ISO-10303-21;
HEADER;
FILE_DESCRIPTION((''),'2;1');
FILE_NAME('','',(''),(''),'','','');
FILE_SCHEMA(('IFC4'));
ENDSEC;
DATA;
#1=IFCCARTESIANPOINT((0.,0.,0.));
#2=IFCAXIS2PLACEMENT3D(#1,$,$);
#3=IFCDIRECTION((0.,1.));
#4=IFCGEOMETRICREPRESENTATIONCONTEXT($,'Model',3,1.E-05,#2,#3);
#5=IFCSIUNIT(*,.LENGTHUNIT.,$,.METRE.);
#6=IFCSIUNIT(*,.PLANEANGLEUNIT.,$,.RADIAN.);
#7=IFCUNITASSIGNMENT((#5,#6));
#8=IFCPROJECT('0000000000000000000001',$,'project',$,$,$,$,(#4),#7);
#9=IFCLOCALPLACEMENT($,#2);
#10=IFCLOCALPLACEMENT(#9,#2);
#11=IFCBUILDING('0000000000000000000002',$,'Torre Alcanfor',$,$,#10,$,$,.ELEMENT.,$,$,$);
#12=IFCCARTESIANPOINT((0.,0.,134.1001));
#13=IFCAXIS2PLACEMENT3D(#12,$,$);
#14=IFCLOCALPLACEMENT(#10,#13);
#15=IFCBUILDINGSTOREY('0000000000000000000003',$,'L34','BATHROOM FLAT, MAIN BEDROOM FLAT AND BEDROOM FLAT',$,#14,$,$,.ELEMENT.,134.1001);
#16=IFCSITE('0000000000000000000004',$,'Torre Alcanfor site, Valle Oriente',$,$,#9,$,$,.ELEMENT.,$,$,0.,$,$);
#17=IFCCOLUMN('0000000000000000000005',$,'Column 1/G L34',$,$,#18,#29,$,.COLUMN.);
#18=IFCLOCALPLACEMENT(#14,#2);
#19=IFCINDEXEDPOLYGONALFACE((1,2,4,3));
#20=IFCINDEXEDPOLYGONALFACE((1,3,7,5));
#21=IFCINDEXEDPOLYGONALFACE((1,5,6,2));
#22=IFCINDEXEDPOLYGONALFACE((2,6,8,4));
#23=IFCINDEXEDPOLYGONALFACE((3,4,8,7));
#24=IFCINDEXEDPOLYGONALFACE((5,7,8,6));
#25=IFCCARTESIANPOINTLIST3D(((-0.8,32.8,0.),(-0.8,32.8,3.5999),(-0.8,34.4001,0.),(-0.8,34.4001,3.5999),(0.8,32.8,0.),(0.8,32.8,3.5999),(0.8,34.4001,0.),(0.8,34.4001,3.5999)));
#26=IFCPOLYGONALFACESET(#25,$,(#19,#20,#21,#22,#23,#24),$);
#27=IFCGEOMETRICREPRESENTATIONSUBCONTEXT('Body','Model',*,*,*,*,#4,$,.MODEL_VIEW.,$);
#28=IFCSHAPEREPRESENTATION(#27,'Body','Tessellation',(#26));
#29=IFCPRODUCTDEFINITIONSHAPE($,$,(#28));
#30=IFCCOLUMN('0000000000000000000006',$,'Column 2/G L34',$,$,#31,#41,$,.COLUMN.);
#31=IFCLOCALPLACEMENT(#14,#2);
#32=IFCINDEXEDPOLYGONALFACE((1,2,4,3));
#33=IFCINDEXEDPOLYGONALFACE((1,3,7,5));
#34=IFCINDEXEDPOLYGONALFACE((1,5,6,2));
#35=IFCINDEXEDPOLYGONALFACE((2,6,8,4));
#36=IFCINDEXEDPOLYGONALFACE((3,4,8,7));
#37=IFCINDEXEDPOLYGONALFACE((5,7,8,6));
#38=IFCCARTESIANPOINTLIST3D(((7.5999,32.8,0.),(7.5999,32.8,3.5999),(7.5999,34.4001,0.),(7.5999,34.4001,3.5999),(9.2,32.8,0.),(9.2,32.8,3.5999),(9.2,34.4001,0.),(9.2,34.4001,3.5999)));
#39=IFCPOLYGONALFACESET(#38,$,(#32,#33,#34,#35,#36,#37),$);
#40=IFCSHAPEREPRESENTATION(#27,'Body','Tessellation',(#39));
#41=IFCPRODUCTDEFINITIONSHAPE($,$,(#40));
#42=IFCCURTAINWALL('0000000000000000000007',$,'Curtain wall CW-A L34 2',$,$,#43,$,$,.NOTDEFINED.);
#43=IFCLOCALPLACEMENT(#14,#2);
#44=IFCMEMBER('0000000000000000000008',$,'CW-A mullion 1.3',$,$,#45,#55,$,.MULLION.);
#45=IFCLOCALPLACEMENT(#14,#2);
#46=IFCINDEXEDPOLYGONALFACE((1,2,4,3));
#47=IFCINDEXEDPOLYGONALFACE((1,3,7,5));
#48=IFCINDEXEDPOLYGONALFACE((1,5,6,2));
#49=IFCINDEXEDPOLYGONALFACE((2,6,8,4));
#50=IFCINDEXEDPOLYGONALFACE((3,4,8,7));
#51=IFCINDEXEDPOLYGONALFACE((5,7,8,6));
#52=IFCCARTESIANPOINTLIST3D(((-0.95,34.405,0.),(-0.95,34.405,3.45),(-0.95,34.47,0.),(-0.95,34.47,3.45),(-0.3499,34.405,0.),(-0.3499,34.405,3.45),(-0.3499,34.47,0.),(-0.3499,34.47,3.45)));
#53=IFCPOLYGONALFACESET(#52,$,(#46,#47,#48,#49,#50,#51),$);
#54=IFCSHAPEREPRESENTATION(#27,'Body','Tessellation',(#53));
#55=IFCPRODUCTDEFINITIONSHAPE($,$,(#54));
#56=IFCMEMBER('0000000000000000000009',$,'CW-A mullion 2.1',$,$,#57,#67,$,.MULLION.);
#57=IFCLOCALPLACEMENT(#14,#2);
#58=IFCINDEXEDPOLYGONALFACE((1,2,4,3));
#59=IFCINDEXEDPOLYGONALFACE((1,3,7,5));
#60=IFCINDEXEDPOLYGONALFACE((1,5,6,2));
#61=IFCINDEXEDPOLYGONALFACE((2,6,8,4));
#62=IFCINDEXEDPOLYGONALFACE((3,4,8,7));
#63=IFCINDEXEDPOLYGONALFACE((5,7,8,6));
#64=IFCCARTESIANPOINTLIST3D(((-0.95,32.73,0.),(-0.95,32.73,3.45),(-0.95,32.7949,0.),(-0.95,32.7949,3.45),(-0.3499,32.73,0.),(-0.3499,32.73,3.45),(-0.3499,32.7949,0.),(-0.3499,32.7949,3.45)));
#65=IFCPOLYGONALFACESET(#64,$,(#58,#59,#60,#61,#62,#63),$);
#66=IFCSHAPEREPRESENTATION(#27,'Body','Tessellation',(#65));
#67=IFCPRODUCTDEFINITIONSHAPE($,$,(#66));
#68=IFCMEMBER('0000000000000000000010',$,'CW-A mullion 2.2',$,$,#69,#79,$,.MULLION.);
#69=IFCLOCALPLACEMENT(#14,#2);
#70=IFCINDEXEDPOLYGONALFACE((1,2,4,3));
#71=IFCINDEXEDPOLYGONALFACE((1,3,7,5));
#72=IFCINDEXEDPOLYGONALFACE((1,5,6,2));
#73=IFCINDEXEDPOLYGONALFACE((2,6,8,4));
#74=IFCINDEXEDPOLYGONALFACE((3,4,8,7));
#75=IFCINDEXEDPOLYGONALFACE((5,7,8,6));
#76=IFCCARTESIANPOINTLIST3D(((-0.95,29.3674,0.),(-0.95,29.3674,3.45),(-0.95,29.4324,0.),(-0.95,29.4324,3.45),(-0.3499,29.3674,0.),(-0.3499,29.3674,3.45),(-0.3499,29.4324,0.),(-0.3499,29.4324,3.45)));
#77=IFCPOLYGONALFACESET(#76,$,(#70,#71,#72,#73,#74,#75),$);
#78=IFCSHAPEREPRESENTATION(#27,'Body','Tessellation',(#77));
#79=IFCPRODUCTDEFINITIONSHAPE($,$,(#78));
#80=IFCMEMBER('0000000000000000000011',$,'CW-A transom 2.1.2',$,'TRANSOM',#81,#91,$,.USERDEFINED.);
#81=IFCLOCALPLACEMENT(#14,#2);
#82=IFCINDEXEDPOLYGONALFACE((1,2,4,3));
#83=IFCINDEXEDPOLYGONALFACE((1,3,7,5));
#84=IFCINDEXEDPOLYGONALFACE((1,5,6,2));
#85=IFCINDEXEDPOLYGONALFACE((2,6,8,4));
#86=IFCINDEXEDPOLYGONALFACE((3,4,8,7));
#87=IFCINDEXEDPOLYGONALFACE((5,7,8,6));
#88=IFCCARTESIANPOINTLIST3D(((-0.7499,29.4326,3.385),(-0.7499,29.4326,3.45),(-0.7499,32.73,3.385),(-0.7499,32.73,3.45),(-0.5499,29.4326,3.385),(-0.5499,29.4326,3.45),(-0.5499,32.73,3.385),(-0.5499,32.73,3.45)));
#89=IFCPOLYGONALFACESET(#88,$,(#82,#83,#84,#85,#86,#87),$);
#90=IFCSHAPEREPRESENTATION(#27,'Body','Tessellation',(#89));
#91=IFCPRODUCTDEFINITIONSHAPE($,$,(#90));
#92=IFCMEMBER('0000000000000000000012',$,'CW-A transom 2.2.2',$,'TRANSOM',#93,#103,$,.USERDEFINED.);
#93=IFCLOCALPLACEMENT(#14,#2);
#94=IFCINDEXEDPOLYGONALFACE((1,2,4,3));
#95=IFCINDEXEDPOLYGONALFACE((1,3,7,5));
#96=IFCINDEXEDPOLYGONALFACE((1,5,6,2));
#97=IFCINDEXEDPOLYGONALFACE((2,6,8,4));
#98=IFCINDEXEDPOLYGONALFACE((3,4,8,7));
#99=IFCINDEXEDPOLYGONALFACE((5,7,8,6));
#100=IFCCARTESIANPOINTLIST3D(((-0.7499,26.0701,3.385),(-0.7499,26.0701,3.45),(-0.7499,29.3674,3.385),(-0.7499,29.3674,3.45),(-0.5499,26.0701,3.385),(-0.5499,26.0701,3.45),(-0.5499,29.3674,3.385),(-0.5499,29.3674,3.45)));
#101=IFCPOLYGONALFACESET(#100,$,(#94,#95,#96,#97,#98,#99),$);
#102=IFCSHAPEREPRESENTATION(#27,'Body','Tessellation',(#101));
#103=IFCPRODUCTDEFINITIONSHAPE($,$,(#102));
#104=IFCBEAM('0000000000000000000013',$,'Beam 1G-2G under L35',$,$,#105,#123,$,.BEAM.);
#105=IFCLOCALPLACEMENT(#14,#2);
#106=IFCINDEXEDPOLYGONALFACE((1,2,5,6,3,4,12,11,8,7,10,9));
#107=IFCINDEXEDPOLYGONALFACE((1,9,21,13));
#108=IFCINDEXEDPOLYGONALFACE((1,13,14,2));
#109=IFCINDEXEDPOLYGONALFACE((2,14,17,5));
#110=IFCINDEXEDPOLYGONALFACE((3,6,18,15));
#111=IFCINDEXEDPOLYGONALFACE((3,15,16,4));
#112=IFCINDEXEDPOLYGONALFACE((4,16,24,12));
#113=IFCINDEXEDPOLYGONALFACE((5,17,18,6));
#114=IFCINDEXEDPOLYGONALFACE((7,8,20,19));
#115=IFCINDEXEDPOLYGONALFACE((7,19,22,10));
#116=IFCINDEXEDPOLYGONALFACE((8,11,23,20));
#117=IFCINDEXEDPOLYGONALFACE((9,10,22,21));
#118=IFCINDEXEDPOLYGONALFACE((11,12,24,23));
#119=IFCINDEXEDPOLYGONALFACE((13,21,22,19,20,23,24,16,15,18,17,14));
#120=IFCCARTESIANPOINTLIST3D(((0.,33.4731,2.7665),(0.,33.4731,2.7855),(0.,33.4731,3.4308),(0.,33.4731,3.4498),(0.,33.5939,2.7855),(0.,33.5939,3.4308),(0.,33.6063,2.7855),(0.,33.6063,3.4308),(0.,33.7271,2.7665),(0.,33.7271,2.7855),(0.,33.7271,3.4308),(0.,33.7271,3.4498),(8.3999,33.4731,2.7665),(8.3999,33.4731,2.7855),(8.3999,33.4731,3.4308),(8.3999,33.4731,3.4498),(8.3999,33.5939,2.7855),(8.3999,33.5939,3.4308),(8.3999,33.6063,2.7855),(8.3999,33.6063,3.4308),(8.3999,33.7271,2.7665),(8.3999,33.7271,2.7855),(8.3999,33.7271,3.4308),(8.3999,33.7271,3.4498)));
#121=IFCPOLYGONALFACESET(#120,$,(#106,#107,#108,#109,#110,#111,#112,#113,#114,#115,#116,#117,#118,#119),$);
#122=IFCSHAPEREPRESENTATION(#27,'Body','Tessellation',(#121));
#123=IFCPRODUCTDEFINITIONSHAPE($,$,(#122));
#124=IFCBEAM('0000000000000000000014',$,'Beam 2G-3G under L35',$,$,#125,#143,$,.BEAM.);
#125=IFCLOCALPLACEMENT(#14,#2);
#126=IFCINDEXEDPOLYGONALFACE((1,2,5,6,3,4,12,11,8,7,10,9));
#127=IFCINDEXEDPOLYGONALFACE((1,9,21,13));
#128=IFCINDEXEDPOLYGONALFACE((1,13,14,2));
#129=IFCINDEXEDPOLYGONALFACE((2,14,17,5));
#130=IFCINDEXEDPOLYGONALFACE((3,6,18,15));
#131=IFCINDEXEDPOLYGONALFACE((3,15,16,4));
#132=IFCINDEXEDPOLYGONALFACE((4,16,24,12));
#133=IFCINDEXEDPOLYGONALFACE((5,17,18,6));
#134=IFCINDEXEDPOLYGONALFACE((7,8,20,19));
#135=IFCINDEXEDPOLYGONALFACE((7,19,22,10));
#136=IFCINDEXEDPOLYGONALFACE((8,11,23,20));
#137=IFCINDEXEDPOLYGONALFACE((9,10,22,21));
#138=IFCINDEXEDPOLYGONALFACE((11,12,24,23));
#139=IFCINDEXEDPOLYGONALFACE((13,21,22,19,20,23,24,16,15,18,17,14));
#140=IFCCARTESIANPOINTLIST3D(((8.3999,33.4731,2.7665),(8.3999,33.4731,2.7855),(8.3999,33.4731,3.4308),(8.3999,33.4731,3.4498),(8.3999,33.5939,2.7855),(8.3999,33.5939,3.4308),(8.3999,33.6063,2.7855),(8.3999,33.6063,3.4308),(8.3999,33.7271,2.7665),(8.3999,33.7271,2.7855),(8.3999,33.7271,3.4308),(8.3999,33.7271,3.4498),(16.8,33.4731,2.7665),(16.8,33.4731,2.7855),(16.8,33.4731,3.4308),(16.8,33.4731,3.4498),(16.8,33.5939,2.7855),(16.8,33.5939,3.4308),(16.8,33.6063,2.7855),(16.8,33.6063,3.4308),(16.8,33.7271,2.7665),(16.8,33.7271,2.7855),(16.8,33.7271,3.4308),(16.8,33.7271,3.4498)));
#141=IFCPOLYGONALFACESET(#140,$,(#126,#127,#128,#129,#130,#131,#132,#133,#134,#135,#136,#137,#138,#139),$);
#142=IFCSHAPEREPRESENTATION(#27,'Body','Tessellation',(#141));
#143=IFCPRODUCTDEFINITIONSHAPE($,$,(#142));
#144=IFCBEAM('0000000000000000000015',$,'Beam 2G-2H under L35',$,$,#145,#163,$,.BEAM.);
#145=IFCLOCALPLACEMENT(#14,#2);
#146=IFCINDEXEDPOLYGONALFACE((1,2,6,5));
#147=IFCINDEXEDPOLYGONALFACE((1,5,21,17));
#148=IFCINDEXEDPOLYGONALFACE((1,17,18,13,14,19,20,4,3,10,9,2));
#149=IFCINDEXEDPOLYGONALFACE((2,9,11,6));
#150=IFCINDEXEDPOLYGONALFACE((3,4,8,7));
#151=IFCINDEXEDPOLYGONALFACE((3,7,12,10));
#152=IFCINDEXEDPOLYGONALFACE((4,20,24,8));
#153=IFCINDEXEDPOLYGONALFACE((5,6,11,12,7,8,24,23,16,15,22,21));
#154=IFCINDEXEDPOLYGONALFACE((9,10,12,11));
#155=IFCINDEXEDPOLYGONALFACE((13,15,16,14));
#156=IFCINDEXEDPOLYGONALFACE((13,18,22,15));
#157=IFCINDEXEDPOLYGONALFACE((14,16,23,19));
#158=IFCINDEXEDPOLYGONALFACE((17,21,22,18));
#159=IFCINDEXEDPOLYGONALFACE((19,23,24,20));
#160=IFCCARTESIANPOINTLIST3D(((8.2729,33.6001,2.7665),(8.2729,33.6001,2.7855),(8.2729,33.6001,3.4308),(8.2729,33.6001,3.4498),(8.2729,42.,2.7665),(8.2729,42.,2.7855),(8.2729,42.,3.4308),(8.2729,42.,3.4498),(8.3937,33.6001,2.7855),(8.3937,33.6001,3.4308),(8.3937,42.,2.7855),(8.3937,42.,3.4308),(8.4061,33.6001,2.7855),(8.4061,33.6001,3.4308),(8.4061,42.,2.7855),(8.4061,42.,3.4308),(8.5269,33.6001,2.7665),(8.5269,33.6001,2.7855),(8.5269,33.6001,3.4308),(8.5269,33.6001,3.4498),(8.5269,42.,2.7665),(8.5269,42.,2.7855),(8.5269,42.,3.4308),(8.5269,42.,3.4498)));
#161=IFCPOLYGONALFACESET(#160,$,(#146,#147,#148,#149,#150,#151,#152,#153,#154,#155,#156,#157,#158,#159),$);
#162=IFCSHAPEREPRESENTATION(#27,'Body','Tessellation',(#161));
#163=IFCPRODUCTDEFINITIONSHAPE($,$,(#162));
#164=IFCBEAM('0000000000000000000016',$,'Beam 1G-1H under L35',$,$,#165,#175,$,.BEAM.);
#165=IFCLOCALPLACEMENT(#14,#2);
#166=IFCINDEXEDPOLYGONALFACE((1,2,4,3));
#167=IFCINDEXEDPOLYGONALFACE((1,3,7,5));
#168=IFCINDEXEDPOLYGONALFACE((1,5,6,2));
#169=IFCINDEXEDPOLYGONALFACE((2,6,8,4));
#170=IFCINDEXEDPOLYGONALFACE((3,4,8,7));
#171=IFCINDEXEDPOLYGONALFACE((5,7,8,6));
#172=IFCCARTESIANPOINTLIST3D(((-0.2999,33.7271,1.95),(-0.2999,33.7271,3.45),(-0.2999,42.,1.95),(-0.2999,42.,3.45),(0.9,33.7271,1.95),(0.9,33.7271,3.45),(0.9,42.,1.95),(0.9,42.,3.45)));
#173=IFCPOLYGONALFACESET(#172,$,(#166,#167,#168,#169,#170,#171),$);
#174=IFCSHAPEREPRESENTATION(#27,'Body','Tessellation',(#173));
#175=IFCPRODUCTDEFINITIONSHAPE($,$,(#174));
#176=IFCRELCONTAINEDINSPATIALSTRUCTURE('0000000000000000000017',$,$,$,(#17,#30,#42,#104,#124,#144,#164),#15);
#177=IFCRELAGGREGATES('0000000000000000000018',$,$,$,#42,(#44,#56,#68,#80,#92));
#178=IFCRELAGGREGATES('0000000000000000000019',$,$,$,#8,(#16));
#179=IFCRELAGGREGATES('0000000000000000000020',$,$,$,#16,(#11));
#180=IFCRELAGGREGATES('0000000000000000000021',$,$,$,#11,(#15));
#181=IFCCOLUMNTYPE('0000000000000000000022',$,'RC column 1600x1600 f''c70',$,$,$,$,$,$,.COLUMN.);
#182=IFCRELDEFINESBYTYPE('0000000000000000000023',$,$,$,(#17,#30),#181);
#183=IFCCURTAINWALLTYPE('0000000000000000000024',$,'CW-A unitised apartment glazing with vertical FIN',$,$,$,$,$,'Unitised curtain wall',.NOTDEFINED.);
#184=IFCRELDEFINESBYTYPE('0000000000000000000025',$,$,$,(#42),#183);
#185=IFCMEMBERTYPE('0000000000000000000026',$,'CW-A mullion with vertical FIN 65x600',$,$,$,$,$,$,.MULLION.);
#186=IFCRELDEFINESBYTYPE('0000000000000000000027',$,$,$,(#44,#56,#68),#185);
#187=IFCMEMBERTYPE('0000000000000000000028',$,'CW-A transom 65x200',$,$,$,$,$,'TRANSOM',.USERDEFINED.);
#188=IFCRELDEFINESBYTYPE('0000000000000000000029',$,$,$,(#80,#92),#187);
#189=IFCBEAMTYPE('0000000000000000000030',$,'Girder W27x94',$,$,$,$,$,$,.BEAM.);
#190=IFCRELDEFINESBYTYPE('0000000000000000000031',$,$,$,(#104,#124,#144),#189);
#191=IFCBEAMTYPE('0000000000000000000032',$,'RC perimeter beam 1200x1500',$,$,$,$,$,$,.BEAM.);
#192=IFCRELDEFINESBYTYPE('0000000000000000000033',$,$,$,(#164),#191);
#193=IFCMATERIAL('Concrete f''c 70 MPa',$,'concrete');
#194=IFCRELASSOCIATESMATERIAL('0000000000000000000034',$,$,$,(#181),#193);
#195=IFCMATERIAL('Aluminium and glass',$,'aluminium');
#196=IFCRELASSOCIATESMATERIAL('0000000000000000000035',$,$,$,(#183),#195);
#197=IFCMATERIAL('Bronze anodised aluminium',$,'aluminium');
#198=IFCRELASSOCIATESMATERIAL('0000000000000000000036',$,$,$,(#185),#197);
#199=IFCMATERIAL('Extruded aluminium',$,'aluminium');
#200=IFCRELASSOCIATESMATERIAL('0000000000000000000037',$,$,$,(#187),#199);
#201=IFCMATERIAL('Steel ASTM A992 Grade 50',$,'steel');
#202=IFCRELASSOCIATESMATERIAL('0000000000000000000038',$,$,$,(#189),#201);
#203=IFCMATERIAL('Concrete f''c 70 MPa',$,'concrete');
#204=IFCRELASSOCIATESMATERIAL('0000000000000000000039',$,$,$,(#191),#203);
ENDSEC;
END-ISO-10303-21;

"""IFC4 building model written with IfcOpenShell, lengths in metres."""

from ifc_helpers import new_model, si_unit, direction, frame, origin, origin_2d, place, context, subcontext, project, spatial, rectangle, i_section, extrude, material, material_profile, profile_set, type_object, element, aggregate, save


model = new_model("IFC4")

# Units and contexts
model_context = context("Model", 3, precision=1e-05, world=origin(), true_north=direction((0.0, 1.0)))
body_context = subcontext(model_context, "Body", "Model", "MODEL_VIEW")
ifc_project = project(units=[si_unit("LENGTHUNIT", "METRE"), si_unit("PLANEANGLEUNIT", "RADIAN")], contexts=[model_context])

# Site, building, storey
site_placement = place(None, origin())
site = spatial("IfcSite", under=ifc_project, at=site_placement, Name="Torre Alcanfor site, Valle Oriente", CompositionType="ELEMENT", RefElevation=0.0)
building_placement = place(site_placement, origin())
building = spatial("IfcBuilding", under=site, at=building_placement, Name="Torre Alcanfor", CompositionType="ELEMENT")
storey_placement = place(building_placement, frame((0.0, 0.0, 134.1001)))
storey = spatial("IfcBuildingStorey", under=building, at=storey_placement, Name="L34", Description="BATHROOM FLAT, MAIN BEDROOM FLAT AND BEDROOM FLAT", CompositionType="ELEMENT", Elevation=134.1001)

# Columns
ifc_material_1 = material(Name="Concrete f'c 70 MPa", Category="concrete")
ifc_material_profile_1 = material_profile(ifc_material_1, rectangle(XDim=1.6001, YDim=1.6001, at=origin_2d()), Name="1600x1600")
ifc_profile_set_1 = profile_set([ifc_material_profile_1], Name="Concrete f'c 70 MPa")
column_type = type_object("IfcColumnType", Name="RC column 1600x1600 f'c70", PredefinedType="COLUMN", material=ifc_profile_set_1)
for number, where, z_axis, x_axis, name in (
    (1, (0.0, 33.6001, 0.0), (0.0, 0.0, 1.0), (1.0, 0.0, 0.0), "Column 1/G L34"),
    (2, (8.3999, 33.6001, 0.0), (0.0, 0.0, 1.0), (1.0, 0.0, 0.0), "Column 2/G L34"),
):
    element("IfcColumn", number, at=place(storey_placement, frame(where, z_axis=z_axis, x_axis=x_axis)), inside=storey, type_object=column_type, Name=name, PredefinedType="COLUMN", context=body_context, shape_type="SweptSolid", body=[
        extrude(rectangle(XDim=1.6001, YDim=1.6001, at=origin_2d()), origin(), (0.0, 0.0, 1.0), 3.5999),
    ])

# Curtain wall, members
ifc_material_2 = material(Name="Aluminium and glass", Category="aluminium")
curtain_wall_type = type_object("IfcCurtainWallType", Name="CW-A unitised apartment glazing with vertical FIN", ElementType="Unitised curtain wall", PredefinedType="NOTDEFINED", material=ifc_material_2)
curtain_wall_placement = place(storey_placement, origin())
curtain_wall = element("IfcCurtainWall", 3, at=curtain_wall_placement, inside=storey, type_object=curtain_wall_type, Name="Curtain wall CW-A L34 2", PredefinedType="NOTDEFINED")
ifc_material_3 = material(Name="Bronze anodised aluminium", Category="aluminium")
ifc_material_profile_2 = material_profile(ifc_material_3, rectangle(XDim=0.6001, YDim=0.0649, at=origin_2d()), Name="CW-A mullion 65x600")
ifc_profile_set_2 = profile_set([ifc_material_profile_2], Name="Bronze anodised aluminium")
member_type_1 = type_object("IfcMemberType", Name="CW-A mullion with vertical FIN 65x600", PredefinedType="MULLION", material=ifc_profile_set_2)
member_1_placement = place(storey_placement, frame((-0.6499, 34.4375, 0.0), z_axis=(0.0, 0.0, 1.0), x_axis=(1.0, 0.0, 0.0)))
member_1 = element("IfcMember", 4, at=member_1_placement, type_object=member_type_1, Name="CW-A mullion 1.3", PredefinedType="MULLION", context=body_context, shape_type="SweptSolid", body=[
    extrude(rectangle(XDim=0.6001, YDim=0.0649, at=origin_2d()), origin(), (0.0, 0.0, 1.0), 3.45),
])
member_2_placement = place(storey_placement, frame((-0.6499, 32.7625, 0.0), z_axis=(0.0, 0.0, 1.0), x_axis=(1.0, 0.0, 0.0)))
member_2 = element("IfcMember", 5, at=member_2_placement, type_object=member_type_1, Name="CW-A mullion 2.1", PredefinedType="MULLION", context=body_context, shape_type="SweptSolid", body=[
    extrude(rectangle(XDim=0.6001, YDim=0.0649, at=origin_2d()), origin(), (0.0, 0.0, 1.0), 3.45),
])
member_3_placement = place(storey_placement, frame((-0.6499, 29.3999, 0.0), z_axis=(0.0, 0.0, 1.0), x_axis=(1.0, 0.0, 0.0)))
member_3 = element("IfcMember", 6, at=member_3_placement, type_object=member_type_1, Name="CW-A mullion 2.2", PredefinedType="MULLION", context=body_context, shape_type="SweptSolid", body=[
    extrude(rectangle(XDim=0.6001, YDim=0.0649, at=origin_2d()), origin(), (0.0, 0.0, 1.0), 3.45),
])
ifc_material_4 = material(Name="Extruded aluminium", Category="aluminium")
ifc_material_profile_3 = material_profile(ifc_material_4, rectangle(XDim=0.2, YDim=0.0649, at=origin_2d()), Name="CW-A transom 200x65")
ifc_profile_set_3 = profile_set([ifc_material_profile_3], Name="Extruded aluminium")
member_type_2 = type_object("IfcMemberType", Name="CW-A transom 65x200", ElementType="TRANSOM", PredefinedType="USERDEFINED", material=ifc_profile_set_3)
member_4_placement = place(storey_placement, frame((-0.6499, 32.73, 3.4175), z_axis=(0.0, -1.0, 0.0), x_axis=(1.0, 0.0, 0.0)))
member_4 = element("IfcMember", 7, at=member_4_placement, type_object=member_type_2, Name="CW-A transom 2.1.2", ObjectType="TRANSOM", PredefinedType="USERDEFINED", context=body_context, shape_type="SweptSolid", body=[
    extrude(rectangle(XDim=0.2, YDim=0.0649, at=origin_2d()), origin(), (0.0, 0.0, 1.0), 3.2974),
])
member_5_placement = place(storey_placement, frame((-0.6499, 29.3674, 3.4175), z_axis=(0.0, -1.0, 0.0), x_axis=(1.0, 0.0, 0.0)))
member_5 = element("IfcMember", 8, at=member_5_placement, type_object=member_type_2, Name="CW-A transom 2.2.2", ObjectType="TRANSOM", PredefinedType="USERDEFINED", context=body_context, shape_type="SweptSolid", body=[
    extrude(rectangle(XDim=0.2, YDim=0.0649, at=origin_2d()), origin(), (0.0, 0.0, 1.0), 3.2974),
])

# Beams
ifc_material_5 = material(Name="Steel ASTM A992 Grade 50", Category="steel")
ifc_material_profile_4 = material_profile(ifc_material_5, i_section(OverallWidth=0.2539, OverallDepth=0.6833, WebThickness=0.0125, FlangeThickness=0.019, at=origin_2d()), Name="W27x94")
ifc_profile_set_4 = profile_set([ifc_material_profile_4], Name="Steel ASTM A992 Grade 50")
beam_type_1 = type_object("IfcBeamType", Name="Girder W27x94", PredefinedType="BEAM", material=ifc_profile_set_4)
beam_1_placement = place(storey_placement, frame((0.0, 33.6001, 3.1082), z_axis=(1.0, 0.0, 0.0), x_axis=(0.0, 1.0, 0.0)))
element("IfcBeam", 9, at=beam_1_placement, inside=storey, type_object=beam_type_1, Name="Beam 1G-2G under L35", PredefinedType="BEAM", context=body_context, shape_type="SweptSolid", body=[
    extrude(i_section(OverallWidth=0.2539, OverallDepth=0.6833, WebThickness=0.0125, FlangeThickness=0.019, at=origin_2d()), origin(), (0.0, 0.0, 1.0), 8.3999),
])
beam_2_placement = place(storey_placement, frame((8.3999, 33.6001, 3.1082), z_axis=(1.0, 0.0, 0.0), x_axis=(0.0, 1.0, 0.0)))
element("IfcBeam", 10, at=beam_2_placement, inside=storey, type_object=beam_type_1, Name="Beam 2G-3G under L35", PredefinedType="BEAM", context=body_context, shape_type="SweptSolid", body=[
    extrude(i_section(OverallWidth=0.2539, OverallDepth=0.6833, WebThickness=0.0125, FlangeThickness=0.019, at=origin_2d()), origin(), (0.0, 0.0, 1.0), 8.4001),
])
beam_3_placement = place(storey_placement, frame((8.3999, 33.6001, 3.1082), z_axis=(0.0, 1.0, 0.0), x_axis=(-1.0, 0.0, 0.0)))
element("IfcBeam", 11, at=beam_3_placement, inside=storey, type_object=beam_type_1, Name="Beam 2G-2H under L35", PredefinedType="BEAM", context=body_context, shape_type="SweptSolid", body=[
    extrude(i_section(OverallWidth=0.2539, OverallDepth=0.6833, WebThickness=0.0125, FlangeThickness=0.019, at=origin_2d()), origin(), (0.0, 0.0, 1.0), 8.3999),
])
ifc_material_6 = material(Name="Concrete f'c 70 MPa", Category="concrete")
ifc_material_profile_5 = material_profile(ifc_material_6, rectangle(XDim=1.2, YDim=1.5, at=origin_2d()), Name="1200x1500")
ifc_profile_set_5 = profile_set([ifc_material_profile_5], Name="Concrete f'c 70 MPa")
beam_type_2 = type_object("IfcBeamType", Name="RC perimeter beam 1200x1500", PredefinedType="BEAM", material=ifc_profile_set_5)
beam_4_placement = place(storey_placement, frame((0.3, 33.7271, 2.7), z_axis=(0.0, 1.0, 0.0), x_axis=(-1.0, 0.0, 0.0)))
element("IfcBeam", 12, at=beam_4_placement, inside=storey, type_object=beam_type_2, Name="Beam 1G-1H under L35", PredefinedType="BEAM", context=body_context, shape_type="SweptSolid", body=[
    extrude(rectangle(XDim=1.2, YDim=1.5, at=origin_2d()), origin(), (0.0, 0.0, 1.0), 8.2729),
])

aggregate(curtain_wall, [member_1, member_2, member_3, member_4, member_5])

save(model, "model.ifc")
